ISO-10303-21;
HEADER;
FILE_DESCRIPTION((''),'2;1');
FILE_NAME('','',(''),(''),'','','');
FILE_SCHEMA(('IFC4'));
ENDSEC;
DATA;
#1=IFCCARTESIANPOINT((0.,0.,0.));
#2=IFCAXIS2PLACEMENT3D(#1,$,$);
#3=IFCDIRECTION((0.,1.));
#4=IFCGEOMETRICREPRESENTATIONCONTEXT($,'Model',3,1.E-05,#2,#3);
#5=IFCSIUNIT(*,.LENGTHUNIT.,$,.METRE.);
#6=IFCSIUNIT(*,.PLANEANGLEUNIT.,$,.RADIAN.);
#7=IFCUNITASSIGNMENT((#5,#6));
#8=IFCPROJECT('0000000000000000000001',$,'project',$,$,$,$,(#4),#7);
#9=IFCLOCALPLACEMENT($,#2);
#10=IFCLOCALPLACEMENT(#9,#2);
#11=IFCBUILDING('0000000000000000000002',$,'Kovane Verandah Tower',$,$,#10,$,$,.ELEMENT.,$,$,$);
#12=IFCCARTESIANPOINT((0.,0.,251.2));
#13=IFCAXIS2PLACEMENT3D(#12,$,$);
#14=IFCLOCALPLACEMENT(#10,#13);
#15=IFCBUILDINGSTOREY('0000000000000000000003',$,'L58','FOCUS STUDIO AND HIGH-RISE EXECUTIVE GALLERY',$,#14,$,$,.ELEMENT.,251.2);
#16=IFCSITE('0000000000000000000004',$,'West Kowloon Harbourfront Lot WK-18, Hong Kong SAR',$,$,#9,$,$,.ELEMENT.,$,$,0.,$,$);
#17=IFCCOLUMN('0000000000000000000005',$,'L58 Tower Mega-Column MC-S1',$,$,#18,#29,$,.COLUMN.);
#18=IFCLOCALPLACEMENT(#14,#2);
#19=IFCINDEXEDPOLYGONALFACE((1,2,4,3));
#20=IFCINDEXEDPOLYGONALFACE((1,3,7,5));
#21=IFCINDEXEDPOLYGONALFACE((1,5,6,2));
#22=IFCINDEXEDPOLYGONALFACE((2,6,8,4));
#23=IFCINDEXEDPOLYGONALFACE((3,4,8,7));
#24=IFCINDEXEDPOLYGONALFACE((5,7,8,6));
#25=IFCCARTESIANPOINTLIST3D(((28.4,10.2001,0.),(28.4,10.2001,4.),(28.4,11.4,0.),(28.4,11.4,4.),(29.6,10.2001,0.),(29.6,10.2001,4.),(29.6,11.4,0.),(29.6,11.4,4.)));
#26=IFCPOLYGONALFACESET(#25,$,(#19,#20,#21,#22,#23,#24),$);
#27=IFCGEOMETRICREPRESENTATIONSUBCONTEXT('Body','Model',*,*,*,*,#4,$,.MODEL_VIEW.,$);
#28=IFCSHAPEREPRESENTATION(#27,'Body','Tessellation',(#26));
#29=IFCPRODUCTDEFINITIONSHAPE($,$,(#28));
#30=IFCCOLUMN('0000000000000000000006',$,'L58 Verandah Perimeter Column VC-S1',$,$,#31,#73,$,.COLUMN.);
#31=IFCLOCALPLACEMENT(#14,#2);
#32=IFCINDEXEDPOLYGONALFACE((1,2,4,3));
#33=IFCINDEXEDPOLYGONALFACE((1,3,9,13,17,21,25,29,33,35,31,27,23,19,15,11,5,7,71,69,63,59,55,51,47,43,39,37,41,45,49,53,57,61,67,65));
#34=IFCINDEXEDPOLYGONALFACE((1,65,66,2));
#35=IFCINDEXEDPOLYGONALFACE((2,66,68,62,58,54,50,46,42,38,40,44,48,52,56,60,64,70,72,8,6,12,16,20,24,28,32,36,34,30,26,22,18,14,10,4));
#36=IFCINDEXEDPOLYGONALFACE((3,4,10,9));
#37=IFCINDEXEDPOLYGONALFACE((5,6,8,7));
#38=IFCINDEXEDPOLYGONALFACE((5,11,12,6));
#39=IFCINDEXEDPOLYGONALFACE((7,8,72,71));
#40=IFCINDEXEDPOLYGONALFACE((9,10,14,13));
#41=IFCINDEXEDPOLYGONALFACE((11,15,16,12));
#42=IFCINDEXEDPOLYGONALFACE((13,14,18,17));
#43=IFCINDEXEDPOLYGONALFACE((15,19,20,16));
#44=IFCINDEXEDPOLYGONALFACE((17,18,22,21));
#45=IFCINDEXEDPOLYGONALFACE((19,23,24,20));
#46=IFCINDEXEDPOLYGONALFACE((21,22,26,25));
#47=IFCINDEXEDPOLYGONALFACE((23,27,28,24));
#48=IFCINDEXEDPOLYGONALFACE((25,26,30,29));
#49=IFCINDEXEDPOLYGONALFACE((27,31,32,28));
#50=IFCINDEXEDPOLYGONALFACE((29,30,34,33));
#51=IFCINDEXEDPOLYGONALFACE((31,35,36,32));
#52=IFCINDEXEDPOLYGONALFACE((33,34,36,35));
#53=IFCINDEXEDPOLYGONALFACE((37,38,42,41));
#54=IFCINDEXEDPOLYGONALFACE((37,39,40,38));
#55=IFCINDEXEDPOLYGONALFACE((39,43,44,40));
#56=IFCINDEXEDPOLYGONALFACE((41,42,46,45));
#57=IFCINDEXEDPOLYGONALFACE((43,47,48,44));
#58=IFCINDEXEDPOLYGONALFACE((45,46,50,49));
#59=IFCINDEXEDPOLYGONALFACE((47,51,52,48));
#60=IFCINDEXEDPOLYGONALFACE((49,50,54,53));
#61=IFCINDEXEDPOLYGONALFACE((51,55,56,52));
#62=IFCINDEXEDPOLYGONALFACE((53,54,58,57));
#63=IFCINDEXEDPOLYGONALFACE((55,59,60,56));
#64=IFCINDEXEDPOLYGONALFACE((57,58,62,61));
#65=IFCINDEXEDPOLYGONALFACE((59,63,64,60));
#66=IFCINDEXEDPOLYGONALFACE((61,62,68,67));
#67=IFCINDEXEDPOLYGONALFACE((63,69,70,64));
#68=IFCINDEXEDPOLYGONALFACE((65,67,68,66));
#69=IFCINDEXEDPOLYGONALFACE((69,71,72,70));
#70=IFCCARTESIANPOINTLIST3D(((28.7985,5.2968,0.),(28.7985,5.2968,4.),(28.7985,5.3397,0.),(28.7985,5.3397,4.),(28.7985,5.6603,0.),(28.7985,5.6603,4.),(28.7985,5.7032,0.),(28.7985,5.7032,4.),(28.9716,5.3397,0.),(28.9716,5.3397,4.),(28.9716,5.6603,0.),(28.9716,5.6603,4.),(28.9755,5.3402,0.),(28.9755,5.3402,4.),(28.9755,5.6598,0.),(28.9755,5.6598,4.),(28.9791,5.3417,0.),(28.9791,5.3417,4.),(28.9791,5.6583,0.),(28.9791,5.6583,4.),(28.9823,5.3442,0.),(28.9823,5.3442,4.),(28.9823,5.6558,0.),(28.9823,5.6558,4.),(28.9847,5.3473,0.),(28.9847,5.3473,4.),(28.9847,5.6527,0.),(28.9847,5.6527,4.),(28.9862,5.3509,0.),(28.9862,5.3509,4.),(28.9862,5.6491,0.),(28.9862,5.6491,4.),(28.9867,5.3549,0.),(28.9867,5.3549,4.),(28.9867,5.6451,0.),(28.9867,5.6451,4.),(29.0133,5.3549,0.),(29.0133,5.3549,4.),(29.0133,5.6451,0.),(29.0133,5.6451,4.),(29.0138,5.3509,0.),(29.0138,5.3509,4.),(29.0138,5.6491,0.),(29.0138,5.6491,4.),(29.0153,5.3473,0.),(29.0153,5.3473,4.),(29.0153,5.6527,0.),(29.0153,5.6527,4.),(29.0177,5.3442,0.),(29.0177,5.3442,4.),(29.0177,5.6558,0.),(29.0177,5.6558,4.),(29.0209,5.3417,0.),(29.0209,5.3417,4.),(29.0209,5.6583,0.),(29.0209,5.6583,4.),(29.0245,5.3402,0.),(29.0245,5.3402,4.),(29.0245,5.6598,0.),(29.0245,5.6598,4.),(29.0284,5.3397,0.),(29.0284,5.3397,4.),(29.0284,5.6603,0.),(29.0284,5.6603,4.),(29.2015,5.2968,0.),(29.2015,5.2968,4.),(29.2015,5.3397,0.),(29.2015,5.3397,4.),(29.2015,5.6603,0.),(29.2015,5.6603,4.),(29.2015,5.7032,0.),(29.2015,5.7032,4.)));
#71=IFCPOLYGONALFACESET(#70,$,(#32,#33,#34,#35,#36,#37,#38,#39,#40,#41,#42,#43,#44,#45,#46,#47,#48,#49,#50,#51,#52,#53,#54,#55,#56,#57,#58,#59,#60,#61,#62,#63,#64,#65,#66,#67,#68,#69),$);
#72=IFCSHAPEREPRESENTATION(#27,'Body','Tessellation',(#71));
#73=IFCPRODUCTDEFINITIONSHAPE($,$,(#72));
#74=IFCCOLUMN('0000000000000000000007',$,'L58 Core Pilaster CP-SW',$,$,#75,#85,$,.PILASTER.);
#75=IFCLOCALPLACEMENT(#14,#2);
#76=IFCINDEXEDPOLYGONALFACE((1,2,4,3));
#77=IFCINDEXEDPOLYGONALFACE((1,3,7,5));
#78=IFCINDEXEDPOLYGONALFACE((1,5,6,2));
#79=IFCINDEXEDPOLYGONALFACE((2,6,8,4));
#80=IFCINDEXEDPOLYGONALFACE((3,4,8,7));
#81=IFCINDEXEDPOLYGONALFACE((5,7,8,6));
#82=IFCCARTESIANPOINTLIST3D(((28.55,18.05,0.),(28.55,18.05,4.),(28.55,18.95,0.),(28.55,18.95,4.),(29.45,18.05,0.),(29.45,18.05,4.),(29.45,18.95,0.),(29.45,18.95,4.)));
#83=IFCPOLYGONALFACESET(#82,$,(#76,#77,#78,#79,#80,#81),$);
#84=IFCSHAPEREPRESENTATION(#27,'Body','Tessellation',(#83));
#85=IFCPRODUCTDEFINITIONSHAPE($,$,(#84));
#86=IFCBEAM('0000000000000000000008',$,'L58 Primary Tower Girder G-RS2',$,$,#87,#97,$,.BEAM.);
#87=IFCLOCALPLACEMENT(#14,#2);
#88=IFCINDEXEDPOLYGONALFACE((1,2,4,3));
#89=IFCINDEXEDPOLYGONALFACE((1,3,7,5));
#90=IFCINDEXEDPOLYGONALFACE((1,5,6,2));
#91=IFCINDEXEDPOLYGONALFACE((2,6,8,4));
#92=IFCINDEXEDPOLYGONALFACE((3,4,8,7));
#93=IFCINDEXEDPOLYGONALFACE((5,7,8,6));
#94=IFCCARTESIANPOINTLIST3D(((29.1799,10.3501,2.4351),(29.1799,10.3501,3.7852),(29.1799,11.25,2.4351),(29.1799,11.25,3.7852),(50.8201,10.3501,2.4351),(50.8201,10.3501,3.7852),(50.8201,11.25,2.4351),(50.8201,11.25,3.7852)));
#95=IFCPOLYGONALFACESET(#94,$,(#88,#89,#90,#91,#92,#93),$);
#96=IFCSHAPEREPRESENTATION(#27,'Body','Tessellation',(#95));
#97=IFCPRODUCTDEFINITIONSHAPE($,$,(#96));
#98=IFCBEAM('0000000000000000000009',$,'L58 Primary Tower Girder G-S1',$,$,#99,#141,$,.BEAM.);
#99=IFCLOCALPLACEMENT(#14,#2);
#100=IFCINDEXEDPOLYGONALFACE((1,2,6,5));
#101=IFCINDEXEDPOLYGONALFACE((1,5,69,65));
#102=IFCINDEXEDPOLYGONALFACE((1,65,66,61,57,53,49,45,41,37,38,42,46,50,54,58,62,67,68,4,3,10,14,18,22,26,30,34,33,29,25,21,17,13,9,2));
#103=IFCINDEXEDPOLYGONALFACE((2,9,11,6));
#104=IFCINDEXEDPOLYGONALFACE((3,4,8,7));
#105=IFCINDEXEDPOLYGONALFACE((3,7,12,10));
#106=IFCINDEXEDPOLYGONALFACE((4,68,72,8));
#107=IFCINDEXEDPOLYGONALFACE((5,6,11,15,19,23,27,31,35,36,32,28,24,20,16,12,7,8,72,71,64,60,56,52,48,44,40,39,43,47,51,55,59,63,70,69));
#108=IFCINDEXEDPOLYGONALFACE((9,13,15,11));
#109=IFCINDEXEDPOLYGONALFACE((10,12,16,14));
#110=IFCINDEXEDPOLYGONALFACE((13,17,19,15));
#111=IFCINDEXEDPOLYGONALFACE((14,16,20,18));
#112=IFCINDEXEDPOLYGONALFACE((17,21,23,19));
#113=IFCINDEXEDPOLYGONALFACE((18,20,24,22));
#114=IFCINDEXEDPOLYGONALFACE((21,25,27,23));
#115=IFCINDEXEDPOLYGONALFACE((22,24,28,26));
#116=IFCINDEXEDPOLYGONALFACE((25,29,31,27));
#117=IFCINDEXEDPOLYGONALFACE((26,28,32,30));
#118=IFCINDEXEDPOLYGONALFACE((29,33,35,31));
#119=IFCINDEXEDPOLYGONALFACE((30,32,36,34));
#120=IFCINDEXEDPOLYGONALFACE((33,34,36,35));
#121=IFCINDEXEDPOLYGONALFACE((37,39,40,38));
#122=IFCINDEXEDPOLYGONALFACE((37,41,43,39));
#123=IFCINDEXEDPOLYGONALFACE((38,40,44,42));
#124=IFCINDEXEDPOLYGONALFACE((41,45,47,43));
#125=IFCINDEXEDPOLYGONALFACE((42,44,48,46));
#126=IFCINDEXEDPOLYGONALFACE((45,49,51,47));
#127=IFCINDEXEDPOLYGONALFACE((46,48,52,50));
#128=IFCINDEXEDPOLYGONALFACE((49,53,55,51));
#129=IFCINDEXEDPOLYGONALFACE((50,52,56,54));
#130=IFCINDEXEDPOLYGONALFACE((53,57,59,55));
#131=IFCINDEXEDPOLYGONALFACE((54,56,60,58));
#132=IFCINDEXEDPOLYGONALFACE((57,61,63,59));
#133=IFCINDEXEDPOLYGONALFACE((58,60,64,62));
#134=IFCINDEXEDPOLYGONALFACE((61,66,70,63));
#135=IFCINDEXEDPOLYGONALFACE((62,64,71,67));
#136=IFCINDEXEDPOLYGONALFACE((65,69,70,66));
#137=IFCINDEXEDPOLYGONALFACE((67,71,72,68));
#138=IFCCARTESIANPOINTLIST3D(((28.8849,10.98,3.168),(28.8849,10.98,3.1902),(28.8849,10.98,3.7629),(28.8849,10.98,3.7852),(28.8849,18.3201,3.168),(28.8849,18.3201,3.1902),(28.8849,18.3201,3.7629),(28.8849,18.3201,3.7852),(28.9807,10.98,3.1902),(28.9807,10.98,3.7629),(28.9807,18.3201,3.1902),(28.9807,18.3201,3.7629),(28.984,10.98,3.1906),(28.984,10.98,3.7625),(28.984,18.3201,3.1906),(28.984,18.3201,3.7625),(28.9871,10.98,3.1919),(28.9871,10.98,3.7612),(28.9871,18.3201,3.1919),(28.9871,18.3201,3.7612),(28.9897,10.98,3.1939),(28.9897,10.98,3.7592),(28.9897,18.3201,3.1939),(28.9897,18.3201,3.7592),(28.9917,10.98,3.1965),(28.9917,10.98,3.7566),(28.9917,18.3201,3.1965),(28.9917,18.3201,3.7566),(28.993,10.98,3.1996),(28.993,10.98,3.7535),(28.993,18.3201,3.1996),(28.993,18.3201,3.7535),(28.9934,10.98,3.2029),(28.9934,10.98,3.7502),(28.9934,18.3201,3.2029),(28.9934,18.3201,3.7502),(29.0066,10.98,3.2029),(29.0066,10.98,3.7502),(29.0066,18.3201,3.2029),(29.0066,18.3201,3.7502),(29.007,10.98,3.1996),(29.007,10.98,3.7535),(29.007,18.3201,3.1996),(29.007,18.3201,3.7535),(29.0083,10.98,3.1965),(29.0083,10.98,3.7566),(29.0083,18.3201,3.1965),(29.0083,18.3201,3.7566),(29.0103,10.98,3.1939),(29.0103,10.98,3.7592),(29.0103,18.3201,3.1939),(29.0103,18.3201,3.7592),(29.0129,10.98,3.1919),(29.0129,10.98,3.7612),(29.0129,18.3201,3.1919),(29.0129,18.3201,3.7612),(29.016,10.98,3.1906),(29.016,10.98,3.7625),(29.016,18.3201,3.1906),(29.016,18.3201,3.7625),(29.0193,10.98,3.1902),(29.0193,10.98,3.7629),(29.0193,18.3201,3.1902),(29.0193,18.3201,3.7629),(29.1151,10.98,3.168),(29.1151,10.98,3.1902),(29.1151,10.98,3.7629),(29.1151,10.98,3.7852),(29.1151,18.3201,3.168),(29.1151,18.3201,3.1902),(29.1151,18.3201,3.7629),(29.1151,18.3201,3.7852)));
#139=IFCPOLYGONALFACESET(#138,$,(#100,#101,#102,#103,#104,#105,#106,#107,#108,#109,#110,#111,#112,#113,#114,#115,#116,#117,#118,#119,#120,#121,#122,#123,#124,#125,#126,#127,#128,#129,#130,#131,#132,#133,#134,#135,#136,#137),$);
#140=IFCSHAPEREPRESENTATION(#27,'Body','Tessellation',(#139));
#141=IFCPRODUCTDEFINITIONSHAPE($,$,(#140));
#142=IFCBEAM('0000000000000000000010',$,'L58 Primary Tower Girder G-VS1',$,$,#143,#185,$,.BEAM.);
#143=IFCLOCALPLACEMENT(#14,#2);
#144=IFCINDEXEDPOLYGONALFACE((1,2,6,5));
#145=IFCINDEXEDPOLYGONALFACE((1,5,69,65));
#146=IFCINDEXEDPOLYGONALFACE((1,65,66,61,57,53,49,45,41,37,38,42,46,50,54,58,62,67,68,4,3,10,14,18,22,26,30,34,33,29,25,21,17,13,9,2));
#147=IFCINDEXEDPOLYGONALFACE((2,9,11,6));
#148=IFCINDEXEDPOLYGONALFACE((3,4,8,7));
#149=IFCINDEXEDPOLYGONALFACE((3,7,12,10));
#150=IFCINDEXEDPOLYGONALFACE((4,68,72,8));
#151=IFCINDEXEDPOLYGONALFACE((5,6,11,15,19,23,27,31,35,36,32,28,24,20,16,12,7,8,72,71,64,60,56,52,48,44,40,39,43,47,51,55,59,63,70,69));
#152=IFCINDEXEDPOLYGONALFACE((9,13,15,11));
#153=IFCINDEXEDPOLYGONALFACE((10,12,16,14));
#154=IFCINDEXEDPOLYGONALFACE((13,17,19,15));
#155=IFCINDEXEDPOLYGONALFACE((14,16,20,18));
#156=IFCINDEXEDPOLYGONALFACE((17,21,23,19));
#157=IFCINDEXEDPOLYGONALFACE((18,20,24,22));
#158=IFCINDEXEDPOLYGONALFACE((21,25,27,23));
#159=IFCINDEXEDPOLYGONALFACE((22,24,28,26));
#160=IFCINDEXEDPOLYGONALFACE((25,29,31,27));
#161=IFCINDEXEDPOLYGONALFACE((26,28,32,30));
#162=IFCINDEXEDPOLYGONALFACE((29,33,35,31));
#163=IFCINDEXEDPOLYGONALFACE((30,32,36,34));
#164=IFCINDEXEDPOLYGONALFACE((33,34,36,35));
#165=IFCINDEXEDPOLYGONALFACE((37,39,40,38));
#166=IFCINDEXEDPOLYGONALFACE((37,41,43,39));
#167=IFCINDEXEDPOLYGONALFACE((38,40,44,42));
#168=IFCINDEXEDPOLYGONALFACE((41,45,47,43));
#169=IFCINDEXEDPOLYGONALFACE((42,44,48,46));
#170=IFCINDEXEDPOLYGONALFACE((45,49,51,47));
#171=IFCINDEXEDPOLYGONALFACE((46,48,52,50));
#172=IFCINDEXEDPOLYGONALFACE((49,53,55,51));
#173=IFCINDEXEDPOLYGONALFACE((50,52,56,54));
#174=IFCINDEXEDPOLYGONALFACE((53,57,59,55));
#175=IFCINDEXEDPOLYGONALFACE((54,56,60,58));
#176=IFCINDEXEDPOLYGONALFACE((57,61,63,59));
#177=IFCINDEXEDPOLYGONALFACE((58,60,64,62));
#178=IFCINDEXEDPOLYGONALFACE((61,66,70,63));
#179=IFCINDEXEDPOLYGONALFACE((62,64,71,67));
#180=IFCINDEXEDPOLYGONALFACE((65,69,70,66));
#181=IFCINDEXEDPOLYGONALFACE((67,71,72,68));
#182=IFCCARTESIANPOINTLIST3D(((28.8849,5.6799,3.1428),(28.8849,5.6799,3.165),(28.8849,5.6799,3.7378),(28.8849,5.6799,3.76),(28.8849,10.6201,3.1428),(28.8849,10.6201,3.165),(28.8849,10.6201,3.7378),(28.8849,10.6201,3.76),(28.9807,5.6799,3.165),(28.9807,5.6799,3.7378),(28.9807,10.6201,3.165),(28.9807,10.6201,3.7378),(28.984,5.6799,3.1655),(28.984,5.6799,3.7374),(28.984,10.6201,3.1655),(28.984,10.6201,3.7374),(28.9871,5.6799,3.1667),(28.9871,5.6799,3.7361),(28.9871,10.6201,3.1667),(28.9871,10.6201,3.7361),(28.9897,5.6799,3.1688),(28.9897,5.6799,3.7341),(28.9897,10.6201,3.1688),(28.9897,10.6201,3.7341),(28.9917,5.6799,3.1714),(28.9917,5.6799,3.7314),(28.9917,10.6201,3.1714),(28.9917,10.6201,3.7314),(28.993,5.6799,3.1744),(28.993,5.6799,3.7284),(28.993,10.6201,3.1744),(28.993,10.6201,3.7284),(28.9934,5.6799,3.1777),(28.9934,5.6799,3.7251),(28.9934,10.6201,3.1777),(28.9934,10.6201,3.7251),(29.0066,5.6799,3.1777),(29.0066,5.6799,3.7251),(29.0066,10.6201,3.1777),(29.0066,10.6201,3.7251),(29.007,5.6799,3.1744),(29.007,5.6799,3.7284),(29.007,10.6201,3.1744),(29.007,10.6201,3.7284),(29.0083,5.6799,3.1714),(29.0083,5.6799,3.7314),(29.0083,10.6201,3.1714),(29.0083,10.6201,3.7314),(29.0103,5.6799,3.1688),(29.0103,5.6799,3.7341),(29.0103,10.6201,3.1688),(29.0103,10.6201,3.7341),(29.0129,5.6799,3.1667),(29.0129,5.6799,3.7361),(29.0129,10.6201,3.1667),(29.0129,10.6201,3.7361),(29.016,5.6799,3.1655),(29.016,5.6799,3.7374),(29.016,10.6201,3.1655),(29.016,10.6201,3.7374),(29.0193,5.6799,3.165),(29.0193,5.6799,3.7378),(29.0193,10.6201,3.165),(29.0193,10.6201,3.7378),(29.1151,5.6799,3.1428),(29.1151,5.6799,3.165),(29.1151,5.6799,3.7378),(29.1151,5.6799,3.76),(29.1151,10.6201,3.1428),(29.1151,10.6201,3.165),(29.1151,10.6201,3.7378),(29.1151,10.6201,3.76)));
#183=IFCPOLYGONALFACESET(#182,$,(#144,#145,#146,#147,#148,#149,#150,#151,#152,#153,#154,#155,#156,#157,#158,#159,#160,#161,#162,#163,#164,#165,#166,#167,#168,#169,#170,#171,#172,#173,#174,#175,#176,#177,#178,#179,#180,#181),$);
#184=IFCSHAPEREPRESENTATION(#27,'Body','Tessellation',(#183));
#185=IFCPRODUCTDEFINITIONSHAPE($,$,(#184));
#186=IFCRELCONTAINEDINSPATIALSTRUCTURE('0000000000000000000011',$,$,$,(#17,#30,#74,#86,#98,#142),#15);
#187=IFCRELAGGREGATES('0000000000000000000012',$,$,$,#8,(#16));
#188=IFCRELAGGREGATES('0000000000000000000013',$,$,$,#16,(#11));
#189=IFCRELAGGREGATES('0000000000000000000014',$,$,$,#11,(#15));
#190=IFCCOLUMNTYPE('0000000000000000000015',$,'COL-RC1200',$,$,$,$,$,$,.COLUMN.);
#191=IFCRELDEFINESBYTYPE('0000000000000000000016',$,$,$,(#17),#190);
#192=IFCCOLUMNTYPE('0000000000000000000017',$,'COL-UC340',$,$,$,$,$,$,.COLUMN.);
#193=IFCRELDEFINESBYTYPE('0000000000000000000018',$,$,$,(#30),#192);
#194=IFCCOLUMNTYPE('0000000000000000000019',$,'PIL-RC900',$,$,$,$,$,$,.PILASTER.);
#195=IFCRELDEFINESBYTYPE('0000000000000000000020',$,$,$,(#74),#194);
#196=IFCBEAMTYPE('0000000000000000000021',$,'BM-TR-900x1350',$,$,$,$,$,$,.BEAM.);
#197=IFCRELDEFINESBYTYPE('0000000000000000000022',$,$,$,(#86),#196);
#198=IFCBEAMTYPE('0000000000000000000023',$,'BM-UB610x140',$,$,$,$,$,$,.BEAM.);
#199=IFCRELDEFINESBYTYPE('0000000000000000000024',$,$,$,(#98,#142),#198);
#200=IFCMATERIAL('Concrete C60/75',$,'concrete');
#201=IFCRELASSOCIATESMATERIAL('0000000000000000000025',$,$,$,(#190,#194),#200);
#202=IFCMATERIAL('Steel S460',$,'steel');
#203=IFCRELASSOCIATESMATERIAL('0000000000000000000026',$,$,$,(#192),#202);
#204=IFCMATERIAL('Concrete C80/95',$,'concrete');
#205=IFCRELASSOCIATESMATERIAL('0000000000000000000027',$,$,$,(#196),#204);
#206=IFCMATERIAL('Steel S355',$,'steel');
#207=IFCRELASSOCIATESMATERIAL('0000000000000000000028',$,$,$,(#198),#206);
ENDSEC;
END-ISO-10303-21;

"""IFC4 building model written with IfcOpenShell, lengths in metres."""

from ifc_helpers import new_model, si_unit, direction, frame, origin, origin_2d, place, context, subcontext, project, spatial, rectangle, i_section, extrude, material, material_profile, profile_set, type_object, element, save


model = new_model("IFC4")

# Units and contexts
model_context = context("Model", 3, precision=1e-05, world=origin(), true_north=direction((0.0, 1.0)))
body_context = subcontext(model_context, "Body", "Model", "MODEL_VIEW")
ifc_project = project(units=[si_unit("LENGTHUNIT", "METRE"), si_unit("PLANEANGLEUNIT", "RADIAN")], contexts=[model_context])

# Site, building, storey
site_placement = place(None, origin())
site = spatial("IfcSite", under=ifc_project, at=site_placement, Name="West Kowloon Harbourfront Lot WK-18, Hong Kong SAR", CompositionType="ELEMENT", RefElevation=0.0)
building_placement = place(site_placement, origin())
building = spatial("IfcBuilding", under=site, at=building_placement, Name="Kovane Verandah Tower", CompositionType="ELEMENT")
storey_placement = place(building_placement, frame((0.0, 0.0, 251.2)))
storey = spatial("IfcBuildingStorey", under=building, at=storey_placement, Name="L58", Description="FOCUS STUDIO AND HIGH-RISE EXECUTIVE GALLERY", CompositionType="ELEMENT", Elevation=251.2)

# Columns
ifc_material_1 = material(Name="Concrete C60/75", Category="concrete")
ifc_material_profile_1 = material_profile(ifc_material_1, rectangle(XDim=1.2, YDim=1.2, at=origin_2d()), Name="RC1200x1200")
ifc_profile_set_1 = profile_set([ifc_material_profile_1], Name="Concrete C60/75")
column_type_1 = type_object("IfcColumnType", Name="COL-RC1200", PredefinedType="COLUMN", material=ifc_profile_set_1)
column_1_placement = place(storey_placement, frame((29.0, 10.8, 0.0), z_axis=(0.0, 0.0, 1.0), x_axis=(1.0, 0.0, 0.0)))
element("IfcColumn", 1, at=column_1_placement, inside=storey, type_object=column_type_1, Name="L58 Tower Mega-Column MC-S1", PredefinedType="COLUMN", context=body_context, shape_type="SweptSolid", body=[
    extrude(rectangle(XDim=1.2, YDim=1.2, at=origin_2d()), origin(), (0.0, 0.0, 1.0), 4.0),
])
ifc_material_2 = material(Name="Steel S460", Category="steel")
ifc_material_profile_2 = material_profile(ifc_material_2, i_section(OverallWidth=0.4031, OverallDepth=0.4065, WebThickness=0.0266, FlangeThickness=0.043, FilletRadius=0.0151, at=origin_2d()), Name="UC356x406x340")
ifc_profile_set_2 = profile_set([ifc_material_profile_2], Name="Steel S460")
column_type_2 = type_object("IfcColumnType", Name="COL-UC340", PredefinedType="COLUMN", material=ifc_profile_set_2)
column_2_placement = place(storey_placement, frame((29.0, 5.5, 0.0), z_axis=(0.0, 0.0, 1.0), x_axis=(1.0, 0.0, 0.0)))
element("IfcColumn", 2, at=column_2_placement, inside=storey, type_object=column_type_2, Name="L58 Verandah Perimeter Column VC-S1", PredefinedType="COLUMN", context=body_context, shape_type="SweptSolid", body=[
    extrude(i_section(OverallWidth=0.4031, OverallDepth=0.4065, WebThickness=0.0266, FlangeThickness=0.043, FilletRadius=0.0151, at=origin_2d()), origin(), (0.0, 0.0, 1.0), 4.0),
])
ifc_material_profile_3 = material_profile(ifc_material_1, rectangle(XDim=0.8999, YDim=0.8999, at=origin_2d()), Name="RC900x900")
ifc_profile_set_3 = profile_set([ifc_material_profile_3], Name="Concrete C60/75")
column_type_3 = type_object("IfcColumnType", Name="PIL-RC900", PredefinedType="PILASTER", material=ifc_profile_set_3)
column_3_placement = place(storey_placement, frame((29.0, 18.5, 0.0), z_axis=(0.0, 0.0, 1.0), x_axis=(1.0, 0.0, 0.0)))
element("IfcColumn", 3, at=column_3_placement, inside=storey, type_object=column_type_3, Name="L58 Core Pilaster CP-SW", PredefinedType="PILASTER", context=body_context, shape_type="SweptSolid", body=[
    extrude(rectangle(XDim=0.8999, YDim=0.8999, at=origin_2d()), origin(), (0.0, 0.0, 1.0), 4.0),
])

# Beams
ifc_material_3 = material(Name="Concrete C80/95", Category="concrete")
ifc_material_profile_4 = material_profile(ifc_material_3, rectangle(XDim=0.8999, YDim=1.3501, at=origin_2d()), Name="RCB900x1350")
ifc_profile_set_4 = profile_set([ifc_material_profile_4], Name="Concrete C80/95")
beam_type_1 = type_object("IfcBeamType", Name="BM-TR-900x1350", PredefinedType="BEAM", material=ifc_profile_set_4)
beam_1_placement = place(storey_placement, frame((29.1799, 10.8, 3.1101), z_axis=(1.0, 0.0, 0.0), x_axis=(0.0, 1.0, 0.0)))
element("IfcBeam", 4, at=beam_1_placement, inside=storey, type_object=beam_type_1, Name="L58 Primary Tower Girder G-RS2", PredefinedType="BEAM", context=body_context, shape_type="SweptSolid", body=[
    extrude(rectangle(XDim=0.8999, YDim=1.3501, at=origin_2d()), origin(), (0.0, 0.0, 1.0), 21.6401),
])
ifc_material_4 = material(Name="Steel S355", Category="steel")
ifc_material_profile_5 = material_profile(ifc_material_4, i_section(OverallWidth=0.2302, OverallDepth=0.6172, WebThickness=0.0132, FlangeThickness=0.0222, FilletRadius=0.0127, at=origin_2d()), Name="UB610x229x140")
ifc_profile_set_5 = profile_set([ifc_material_profile_5], Name="Steel S355")
beam_type_2 = type_object("IfcBeamType", Name="BM-UB610x140", PredefinedType="BEAM", material=ifc_profile_set_5)
beam_2_placement = place(storey_placement, frame((29.0, 18.3201, 3.4766), z_axis=(0.0, -1.0, 0.0), x_axis=(1.0, 0.0, 0.0)))
element("IfcBeam", 5, at=beam_2_placement, inside=storey, type_object=beam_type_2, Name="L58 Primary Tower Girder G-S1", PredefinedType="BEAM", context=body_context, shape_type="SweptSolid", body=[
    extrude(i_section(OverallWidth=0.2302, OverallDepth=0.6172, WebThickness=0.0132, FlangeThickness=0.0222, FilletRadius=0.0127, at=origin_2d()), origin(), (0.0, 0.0, 1.0), 7.3401),
])
beam_3_placement = place(storey_placement, frame((29.0, 10.6201, 3.4514), z_axis=(0.0, -1.0, 0.0), x_axis=(1.0, 0.0, 0.0)))
element("IfcBeam", 6, at=beam_3_placement, inside=storey, type_object=beam_type_2, Name="L58 Primary Tower Girder G-VS1", PredefinedType="BEAM", context=body_context, shape_type="SweptSolid", body=[
    extrude(i_section(OverallWidth=0.2302, OverallDepth=0.6172, WebThickness=0.0132, FlangeThickness=0.0222, FilletRadius=0.0127, at=origin_2d()), origin(), (0.0, 0.0, 1.0), 4.9402),
])

save(model, "model.ifc")
